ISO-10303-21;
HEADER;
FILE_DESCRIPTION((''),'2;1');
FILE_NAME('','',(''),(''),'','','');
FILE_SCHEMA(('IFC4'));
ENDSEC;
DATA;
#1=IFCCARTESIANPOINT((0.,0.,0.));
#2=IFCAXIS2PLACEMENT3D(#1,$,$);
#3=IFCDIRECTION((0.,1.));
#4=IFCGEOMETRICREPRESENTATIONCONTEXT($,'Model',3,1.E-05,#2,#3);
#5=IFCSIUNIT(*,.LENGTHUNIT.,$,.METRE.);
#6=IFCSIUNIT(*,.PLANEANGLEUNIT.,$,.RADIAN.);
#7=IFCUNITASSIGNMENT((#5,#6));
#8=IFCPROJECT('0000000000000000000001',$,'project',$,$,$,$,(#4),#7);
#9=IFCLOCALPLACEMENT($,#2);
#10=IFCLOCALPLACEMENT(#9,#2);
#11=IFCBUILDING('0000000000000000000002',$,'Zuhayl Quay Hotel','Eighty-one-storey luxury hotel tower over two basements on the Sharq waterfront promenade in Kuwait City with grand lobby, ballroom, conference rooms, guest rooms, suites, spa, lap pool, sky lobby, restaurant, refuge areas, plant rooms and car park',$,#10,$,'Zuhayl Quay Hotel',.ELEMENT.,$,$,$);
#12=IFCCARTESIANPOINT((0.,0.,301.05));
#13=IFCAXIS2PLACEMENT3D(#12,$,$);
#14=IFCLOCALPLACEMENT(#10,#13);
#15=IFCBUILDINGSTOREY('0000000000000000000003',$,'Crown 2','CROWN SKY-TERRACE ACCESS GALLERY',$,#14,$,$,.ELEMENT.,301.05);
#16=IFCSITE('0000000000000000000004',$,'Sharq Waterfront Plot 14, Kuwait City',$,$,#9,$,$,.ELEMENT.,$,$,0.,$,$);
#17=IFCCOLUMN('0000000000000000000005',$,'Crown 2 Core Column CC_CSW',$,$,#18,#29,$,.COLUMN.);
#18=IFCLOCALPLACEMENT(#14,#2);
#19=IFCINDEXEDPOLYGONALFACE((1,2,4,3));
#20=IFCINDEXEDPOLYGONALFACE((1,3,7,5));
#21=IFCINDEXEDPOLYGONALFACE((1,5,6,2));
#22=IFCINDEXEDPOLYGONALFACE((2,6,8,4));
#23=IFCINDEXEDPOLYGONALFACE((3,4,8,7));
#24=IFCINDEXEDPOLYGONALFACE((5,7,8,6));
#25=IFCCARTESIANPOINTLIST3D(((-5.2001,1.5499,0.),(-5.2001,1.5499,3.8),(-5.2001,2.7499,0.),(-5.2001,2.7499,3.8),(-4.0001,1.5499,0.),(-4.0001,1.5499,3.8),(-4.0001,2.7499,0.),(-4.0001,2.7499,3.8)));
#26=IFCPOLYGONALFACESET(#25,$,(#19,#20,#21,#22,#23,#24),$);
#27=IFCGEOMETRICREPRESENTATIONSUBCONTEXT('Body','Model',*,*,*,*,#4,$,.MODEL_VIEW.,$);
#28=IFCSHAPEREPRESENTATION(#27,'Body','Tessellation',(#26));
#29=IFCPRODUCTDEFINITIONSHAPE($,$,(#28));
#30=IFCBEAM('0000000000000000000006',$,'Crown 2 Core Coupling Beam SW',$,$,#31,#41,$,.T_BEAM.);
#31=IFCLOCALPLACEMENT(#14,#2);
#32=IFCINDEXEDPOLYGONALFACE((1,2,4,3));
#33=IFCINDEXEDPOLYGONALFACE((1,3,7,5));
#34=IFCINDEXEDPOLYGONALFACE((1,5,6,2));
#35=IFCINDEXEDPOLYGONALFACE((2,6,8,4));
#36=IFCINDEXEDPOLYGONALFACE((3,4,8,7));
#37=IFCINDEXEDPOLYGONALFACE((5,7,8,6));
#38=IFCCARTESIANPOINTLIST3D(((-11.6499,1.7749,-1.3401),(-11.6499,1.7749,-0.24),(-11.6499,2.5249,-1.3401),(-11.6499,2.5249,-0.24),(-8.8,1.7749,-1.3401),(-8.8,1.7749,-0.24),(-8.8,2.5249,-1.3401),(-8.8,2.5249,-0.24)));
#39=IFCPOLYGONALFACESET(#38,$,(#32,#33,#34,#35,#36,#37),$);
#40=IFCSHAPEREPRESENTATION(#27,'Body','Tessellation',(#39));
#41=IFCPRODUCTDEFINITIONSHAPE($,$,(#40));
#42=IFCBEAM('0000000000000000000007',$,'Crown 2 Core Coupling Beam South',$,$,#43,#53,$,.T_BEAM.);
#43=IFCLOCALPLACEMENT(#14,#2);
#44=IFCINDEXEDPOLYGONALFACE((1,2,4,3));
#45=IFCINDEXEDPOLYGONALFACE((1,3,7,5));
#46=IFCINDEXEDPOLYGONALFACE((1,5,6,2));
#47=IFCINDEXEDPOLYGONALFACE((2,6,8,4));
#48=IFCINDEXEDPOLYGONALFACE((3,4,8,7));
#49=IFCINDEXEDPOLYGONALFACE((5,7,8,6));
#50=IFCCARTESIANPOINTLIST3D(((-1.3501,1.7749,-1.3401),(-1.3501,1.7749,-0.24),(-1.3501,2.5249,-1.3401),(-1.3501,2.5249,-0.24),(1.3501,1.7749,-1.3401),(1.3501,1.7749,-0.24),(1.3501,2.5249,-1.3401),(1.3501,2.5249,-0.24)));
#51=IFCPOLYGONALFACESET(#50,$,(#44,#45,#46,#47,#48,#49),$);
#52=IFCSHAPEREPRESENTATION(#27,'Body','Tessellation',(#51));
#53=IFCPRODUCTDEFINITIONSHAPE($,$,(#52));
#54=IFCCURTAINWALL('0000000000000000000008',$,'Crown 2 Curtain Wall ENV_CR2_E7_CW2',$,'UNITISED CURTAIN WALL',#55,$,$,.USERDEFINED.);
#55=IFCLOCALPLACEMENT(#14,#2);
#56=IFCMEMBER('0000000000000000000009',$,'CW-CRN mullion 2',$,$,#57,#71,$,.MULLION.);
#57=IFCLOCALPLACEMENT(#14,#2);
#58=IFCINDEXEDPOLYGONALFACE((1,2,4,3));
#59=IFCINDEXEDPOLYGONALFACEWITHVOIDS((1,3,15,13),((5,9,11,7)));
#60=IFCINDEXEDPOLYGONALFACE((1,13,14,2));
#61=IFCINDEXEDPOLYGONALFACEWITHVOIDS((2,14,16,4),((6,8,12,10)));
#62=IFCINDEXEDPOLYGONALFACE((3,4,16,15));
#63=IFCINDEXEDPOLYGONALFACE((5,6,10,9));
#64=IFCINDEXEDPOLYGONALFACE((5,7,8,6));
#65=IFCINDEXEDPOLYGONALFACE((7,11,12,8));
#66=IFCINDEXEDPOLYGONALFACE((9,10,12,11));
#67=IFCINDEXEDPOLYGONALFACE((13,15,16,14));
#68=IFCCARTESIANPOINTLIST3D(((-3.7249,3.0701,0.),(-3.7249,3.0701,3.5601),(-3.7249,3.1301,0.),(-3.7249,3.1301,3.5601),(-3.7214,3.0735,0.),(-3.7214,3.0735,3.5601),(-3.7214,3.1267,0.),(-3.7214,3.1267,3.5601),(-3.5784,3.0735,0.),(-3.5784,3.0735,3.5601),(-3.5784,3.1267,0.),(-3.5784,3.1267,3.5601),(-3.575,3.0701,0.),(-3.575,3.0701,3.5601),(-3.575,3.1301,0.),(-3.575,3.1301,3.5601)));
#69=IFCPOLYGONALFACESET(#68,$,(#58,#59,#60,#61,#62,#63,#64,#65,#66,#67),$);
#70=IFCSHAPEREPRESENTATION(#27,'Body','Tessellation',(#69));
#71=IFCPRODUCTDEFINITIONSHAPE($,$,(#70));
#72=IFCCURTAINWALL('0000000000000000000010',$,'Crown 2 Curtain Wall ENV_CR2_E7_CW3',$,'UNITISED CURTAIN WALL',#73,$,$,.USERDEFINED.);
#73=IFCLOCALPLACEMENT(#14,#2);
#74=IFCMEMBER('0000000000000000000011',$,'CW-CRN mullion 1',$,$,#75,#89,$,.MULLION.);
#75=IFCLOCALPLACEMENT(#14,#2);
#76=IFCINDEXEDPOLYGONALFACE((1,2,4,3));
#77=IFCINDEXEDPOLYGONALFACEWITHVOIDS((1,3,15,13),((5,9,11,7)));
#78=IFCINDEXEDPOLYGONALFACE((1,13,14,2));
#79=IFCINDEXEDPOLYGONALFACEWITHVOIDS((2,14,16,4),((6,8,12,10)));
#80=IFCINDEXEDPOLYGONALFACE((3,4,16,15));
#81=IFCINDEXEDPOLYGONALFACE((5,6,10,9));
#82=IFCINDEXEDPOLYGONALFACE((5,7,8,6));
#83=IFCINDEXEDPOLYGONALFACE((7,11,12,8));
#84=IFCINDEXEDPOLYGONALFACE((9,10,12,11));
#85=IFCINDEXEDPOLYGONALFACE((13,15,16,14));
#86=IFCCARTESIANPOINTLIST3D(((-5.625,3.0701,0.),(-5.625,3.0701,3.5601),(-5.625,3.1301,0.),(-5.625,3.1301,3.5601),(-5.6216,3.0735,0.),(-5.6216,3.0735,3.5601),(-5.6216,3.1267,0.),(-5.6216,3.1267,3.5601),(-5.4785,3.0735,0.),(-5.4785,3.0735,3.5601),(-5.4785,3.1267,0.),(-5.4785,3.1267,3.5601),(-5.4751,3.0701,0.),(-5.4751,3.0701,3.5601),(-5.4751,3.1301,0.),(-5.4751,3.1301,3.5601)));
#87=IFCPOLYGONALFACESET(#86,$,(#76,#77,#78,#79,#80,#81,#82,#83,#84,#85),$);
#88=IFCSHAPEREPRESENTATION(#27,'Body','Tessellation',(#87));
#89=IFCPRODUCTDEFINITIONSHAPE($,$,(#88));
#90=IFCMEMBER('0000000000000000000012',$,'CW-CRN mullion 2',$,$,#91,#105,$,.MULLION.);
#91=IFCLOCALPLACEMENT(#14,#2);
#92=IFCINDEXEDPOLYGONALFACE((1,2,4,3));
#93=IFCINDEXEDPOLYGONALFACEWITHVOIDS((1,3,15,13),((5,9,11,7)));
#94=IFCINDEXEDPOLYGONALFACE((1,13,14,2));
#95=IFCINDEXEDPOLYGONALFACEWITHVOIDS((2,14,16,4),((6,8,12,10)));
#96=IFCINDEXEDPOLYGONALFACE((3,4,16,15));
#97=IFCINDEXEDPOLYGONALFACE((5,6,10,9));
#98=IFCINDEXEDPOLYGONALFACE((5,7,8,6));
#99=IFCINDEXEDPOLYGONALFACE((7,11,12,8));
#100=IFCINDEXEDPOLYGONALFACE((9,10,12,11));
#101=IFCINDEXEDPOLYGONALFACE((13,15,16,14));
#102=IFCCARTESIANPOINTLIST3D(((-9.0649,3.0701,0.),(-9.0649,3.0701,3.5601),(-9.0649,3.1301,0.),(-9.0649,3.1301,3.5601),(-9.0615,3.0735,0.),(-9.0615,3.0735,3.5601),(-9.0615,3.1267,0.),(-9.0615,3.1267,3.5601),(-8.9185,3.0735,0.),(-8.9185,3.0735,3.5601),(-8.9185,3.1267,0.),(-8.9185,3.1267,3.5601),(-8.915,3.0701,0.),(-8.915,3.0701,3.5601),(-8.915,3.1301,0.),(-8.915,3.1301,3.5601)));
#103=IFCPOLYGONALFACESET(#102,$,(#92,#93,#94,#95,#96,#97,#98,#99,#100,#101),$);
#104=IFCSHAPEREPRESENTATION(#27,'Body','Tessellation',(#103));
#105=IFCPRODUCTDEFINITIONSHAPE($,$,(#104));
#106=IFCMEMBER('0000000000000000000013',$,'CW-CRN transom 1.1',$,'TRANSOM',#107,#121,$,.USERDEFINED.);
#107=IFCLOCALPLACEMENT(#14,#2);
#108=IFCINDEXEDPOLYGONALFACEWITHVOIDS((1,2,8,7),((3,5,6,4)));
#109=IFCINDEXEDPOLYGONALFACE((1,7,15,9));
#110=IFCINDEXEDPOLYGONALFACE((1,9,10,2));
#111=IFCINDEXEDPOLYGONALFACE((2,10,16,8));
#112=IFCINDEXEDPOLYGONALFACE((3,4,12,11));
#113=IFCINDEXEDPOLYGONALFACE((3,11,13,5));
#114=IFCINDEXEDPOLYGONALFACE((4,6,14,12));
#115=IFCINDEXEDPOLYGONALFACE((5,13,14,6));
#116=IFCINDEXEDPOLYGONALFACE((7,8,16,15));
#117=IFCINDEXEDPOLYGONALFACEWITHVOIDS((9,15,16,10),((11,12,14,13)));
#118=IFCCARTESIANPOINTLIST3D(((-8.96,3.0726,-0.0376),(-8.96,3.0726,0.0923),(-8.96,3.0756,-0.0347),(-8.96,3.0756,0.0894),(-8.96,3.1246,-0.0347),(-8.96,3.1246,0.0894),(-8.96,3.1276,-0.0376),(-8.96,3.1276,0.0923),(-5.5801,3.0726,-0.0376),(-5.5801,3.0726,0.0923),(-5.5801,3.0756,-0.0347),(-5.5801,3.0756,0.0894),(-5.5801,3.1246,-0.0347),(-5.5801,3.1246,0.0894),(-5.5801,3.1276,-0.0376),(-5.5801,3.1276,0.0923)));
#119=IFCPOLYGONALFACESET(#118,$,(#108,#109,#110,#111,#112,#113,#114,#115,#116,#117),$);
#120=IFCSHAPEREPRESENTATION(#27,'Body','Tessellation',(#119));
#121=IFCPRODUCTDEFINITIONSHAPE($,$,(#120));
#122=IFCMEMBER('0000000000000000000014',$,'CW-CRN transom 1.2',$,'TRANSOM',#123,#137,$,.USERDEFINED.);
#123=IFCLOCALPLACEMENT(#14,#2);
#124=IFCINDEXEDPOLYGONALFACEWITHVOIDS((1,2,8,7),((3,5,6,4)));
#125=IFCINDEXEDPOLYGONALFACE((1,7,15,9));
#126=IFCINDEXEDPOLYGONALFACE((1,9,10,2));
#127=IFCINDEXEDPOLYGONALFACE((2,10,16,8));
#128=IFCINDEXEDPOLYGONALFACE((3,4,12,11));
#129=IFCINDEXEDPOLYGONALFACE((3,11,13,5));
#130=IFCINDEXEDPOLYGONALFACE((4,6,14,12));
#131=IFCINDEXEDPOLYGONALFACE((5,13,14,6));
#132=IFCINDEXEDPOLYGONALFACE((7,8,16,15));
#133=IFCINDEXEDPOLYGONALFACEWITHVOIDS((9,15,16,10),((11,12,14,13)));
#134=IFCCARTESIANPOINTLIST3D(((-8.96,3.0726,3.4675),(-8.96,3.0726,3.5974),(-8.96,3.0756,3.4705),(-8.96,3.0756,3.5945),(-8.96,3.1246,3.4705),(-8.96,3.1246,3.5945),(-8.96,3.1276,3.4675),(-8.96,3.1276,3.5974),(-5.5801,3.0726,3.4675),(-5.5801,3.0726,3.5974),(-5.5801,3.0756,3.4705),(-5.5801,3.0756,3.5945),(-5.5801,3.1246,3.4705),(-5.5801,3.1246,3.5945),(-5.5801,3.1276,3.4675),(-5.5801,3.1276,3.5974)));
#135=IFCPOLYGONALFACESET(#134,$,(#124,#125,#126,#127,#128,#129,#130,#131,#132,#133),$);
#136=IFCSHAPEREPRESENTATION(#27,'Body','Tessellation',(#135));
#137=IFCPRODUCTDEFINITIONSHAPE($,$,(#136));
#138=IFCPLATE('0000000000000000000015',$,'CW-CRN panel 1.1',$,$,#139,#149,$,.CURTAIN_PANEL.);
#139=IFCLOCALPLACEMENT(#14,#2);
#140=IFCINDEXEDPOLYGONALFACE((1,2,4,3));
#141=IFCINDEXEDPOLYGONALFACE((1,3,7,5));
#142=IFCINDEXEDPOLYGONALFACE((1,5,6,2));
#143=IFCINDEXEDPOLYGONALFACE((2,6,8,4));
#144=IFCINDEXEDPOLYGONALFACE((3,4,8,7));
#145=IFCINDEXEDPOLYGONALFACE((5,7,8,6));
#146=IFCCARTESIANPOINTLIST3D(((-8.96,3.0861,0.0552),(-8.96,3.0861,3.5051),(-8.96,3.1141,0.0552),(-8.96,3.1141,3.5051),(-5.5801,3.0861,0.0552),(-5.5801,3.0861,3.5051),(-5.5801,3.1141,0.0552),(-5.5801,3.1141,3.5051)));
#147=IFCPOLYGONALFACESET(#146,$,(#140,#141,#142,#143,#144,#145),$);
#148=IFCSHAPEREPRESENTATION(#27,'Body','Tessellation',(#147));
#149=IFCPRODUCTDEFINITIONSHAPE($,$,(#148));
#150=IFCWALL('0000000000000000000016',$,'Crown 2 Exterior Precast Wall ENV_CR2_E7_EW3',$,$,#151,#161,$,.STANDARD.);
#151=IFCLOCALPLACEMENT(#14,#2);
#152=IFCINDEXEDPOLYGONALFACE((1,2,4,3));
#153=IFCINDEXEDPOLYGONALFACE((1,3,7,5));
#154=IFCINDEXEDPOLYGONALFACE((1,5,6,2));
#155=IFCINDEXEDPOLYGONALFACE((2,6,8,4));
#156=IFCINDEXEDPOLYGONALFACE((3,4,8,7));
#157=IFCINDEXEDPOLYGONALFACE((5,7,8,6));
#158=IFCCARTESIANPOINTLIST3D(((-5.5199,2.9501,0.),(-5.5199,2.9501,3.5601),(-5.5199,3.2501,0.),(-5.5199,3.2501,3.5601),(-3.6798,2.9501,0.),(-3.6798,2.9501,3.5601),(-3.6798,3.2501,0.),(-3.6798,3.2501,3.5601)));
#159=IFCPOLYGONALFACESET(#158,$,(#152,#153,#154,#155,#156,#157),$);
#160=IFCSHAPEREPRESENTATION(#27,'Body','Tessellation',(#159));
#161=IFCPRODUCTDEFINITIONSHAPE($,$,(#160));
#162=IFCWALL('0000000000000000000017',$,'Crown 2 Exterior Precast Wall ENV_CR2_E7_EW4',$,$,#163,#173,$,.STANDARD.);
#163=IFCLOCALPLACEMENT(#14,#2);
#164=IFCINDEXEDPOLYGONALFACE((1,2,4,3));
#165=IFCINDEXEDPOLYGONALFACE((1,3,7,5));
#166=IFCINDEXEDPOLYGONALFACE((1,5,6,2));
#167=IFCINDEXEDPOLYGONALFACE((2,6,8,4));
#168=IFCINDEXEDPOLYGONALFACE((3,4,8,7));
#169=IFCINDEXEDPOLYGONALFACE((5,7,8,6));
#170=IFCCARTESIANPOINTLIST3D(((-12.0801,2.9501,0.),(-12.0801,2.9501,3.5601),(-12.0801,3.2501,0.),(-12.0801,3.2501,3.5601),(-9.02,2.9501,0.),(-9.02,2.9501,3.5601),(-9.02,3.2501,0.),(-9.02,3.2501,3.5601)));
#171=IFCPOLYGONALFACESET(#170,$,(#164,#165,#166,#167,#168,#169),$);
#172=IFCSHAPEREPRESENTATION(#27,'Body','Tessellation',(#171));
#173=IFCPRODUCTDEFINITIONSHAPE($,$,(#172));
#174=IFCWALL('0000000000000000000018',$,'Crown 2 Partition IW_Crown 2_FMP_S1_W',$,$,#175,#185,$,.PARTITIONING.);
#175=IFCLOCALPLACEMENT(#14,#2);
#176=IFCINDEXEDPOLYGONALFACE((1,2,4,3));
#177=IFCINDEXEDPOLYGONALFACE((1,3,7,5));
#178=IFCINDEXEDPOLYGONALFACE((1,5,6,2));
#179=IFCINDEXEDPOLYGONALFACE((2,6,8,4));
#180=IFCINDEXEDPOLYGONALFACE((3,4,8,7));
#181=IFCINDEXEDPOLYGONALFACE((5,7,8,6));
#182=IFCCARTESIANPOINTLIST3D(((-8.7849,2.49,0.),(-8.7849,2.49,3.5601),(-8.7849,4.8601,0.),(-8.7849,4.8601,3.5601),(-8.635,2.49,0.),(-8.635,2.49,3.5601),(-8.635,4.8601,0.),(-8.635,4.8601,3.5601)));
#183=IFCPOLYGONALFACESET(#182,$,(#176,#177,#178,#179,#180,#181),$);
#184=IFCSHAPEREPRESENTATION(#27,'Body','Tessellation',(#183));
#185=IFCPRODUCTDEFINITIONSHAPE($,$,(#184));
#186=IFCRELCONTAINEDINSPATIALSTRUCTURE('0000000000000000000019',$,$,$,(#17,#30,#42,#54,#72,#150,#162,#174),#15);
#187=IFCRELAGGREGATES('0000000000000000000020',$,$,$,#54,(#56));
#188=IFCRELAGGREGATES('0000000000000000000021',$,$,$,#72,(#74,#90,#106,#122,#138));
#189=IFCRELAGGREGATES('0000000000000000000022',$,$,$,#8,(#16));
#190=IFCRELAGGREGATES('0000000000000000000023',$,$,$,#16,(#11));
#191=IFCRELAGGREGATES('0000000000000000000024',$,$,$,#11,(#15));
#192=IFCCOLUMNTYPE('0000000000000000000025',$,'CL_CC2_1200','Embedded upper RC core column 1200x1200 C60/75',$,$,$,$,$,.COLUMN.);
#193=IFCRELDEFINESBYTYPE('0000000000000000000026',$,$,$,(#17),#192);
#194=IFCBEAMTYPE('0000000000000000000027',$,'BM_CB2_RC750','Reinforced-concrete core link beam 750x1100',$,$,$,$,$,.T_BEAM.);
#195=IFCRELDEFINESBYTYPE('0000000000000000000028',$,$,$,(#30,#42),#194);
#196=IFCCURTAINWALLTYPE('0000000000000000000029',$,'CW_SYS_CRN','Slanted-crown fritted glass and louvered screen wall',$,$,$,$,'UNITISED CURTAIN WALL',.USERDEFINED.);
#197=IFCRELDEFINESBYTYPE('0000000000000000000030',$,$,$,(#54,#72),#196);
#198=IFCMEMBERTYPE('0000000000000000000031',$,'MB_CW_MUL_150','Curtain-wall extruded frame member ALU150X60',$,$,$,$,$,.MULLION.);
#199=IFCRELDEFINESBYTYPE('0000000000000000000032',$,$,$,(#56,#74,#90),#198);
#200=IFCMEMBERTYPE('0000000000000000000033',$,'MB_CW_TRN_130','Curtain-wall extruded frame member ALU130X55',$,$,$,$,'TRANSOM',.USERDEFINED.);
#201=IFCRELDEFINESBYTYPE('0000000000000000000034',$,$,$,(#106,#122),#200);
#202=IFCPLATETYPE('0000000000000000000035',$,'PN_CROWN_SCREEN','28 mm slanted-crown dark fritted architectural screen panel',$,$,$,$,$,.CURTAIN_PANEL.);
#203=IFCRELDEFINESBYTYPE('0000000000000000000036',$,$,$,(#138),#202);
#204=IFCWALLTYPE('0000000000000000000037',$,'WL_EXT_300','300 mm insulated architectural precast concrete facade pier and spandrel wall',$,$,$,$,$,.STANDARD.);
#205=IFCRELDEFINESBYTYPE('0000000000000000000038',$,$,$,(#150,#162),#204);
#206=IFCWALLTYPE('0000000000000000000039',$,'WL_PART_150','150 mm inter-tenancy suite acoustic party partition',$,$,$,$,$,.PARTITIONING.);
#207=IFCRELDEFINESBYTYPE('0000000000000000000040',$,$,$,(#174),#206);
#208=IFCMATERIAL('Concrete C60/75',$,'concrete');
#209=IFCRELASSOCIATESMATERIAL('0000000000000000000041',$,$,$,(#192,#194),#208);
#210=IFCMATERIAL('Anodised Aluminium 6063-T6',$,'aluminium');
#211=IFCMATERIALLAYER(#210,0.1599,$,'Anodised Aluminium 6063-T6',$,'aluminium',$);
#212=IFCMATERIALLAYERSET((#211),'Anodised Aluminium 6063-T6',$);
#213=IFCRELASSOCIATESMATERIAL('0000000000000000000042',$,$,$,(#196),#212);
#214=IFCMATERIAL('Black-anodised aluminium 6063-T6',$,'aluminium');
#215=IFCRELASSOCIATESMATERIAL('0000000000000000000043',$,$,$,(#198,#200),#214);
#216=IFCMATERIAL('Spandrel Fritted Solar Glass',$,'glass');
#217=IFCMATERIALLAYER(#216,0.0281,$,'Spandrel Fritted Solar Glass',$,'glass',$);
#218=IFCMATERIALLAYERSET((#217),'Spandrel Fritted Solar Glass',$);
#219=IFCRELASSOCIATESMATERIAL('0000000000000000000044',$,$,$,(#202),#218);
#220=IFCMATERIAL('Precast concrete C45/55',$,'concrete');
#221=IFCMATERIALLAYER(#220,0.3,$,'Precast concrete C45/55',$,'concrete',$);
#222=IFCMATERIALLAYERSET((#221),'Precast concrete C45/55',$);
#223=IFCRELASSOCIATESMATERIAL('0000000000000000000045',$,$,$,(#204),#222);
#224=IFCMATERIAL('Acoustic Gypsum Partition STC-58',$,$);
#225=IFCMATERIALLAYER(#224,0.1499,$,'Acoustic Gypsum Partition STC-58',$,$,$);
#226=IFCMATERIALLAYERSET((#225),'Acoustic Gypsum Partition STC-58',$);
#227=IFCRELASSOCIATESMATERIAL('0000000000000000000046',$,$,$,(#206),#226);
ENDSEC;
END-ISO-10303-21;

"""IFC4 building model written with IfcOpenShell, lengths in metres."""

from ifc_helpers import new_model, si_unit, direction, frame, frame_2d, origin, origin_2d, place, context, subcontext, project, spatial, rectangle, hollow_rectangle, extrude, material, layer, layer_set, material_profile, profile_set, type_object, element, aggregate, save


model = new_model("IFC4")

# Units and contexts
model_context = context("Model", 3, precision=1e-05, world=origin(), true_north=direction((0.0, 1.0)))
body_context = subcontext(model_context, "Body", "Model", "MODEL_VIEW")
ifc_project = project(units=[si_unit("LENGTHUNIT", "METRE"), si_unit("PLANEANGLEUNIT", "RADIAN")], contexts=[model_context])

# Site, building, storey
site_placement = place(None, origin())
site = spatial("IfcSite", under=ifc_project, at=site_placement, Name="Sharq Waterfront Plot 14, Kuwait City", CompositionType="ELEMENT", RefElevation=0.0)
building_placement = place(site_placement, origin())
building = spatial("IfcBuilding", under=site, at=building_placement, Name="Zuhayl Quay Hotel", Description="Eighty-one-storey luxury hotel tower over two basements on the Sharq waterfront promenade in Kuwait City with grand lobby, ballroom, conference rooms, guest rooms, suites, spa, lap pool, sky lobby, restaurant, refuge areas, plant rooms and car park", LongName="Zuhayl Quay Hotel", CompositionType="ELEMENT")
storey_placement = place(building_placement, frame((0.0, 0.0, 301.05)))
storey = spatial("IfcBuildingStorey", under=building, at=storey_placement, Name="Crown 2", Description="CROWN SKY-TERRACE ACCESS GALLERY", CompositionType="ELEMENT", Elevation=301.05)

# Column
ifc_material_1 = material(Name="Concrete C60/75", Category="concrete")
ifc_material_profile_1 = material_profile(ifc_material_1, rectangle(XDim=1.2, YDim=1.2, at=origin_2d()), Name="RC1200X1200")
ifc_profile_set_1 = profile_set([ifc_material_profile_1], Name="Concrete C60/75")
column_type = type_object("IfcColumnType", Name="CL_CC2_1200", Description="Embedded upper RC core column 1200x1200 C60/75", PredefinedType="COLUMN", material=ifc_profile_set_1)
column_placement = place(storey_placement, frame((-4.6001, 2.1499, 0.0), z_axis=(0.0, 0.0, 1.0), x_axis=(1.0, 0.0, 0.0)))
element("IfcColumn", 1, at=column_placement, inside=storey, type_object=column_type, Name="Crown 2 Core Column CC_CSW", PredefinedType="COLUMN", context=body_context, shape_type="SweptSolid", body=[
    extrude(rectangle(XDim=1.2, YDim=1.2, at=origin_2d()), origin(), (0.0, 0.0, 1.0), 3.8),
])

# Beams
ifc_material_profile_2 = material_profile(ifc_material_1, rectangle(XDim=0.75, YDim=1.1001, at=origin_2d()), Name="RC750X1100")
ifc_profile_set_2 = profile_set([ifc_material_profile_2], Name="Concrete C60/75")
beam_type = type_object("IfcBeamType", Name="BM_CB2_RC750", Description="Reinforced-concrete core link beam 750x1100", PredefinedType="T_BEAM", material=ifc_profile_set_2)
beam_1_placement = place(storey_placement, frame((-11.6499, 2.1499, -0.79), z_axis=(1.0, 0.0, 0.0), x_axis=(0.0, 1.0, 0.0)))
element("IfcBeam", 2, at=beam_1_placement, inside=storey, type_object=beam_type, Name="Crown 2 Core Coupling Beam SW", PredefinedType="T_BEAM", context=body_context, shape_type="SweptSolid", body=[
    extrude(rectangle(XDim=0.75, YDim=1.1001, at=origin_2d()), origin(), (0.0, 0.0, 1.0), 2.8499),
])
beam_2_placement = place(storey_placement, frame((-1.3501, 2.1499, -0.79), z_axis=(1.0, 0.0, 0.0), x_axis=(0.0, 1.0, 0.0)))
element("IfcBeam", 3, at=beam_2_placement, inside=storey, type_object=beam_type, Name="Crown 2 Core Coupling Beam South", PredefinedType="T_BEAM", context=body_context, shape_type="SweptSolid", body=[
    extrude(rectangle(XDim=0.75, YDim=1.1001, at=origin_2d()), origin(), (0.0, 0.0, 1.0), 2.7002),
])

# Curtain wall, member
ifc_material_2 = material(Name="Anodised Aluminium 6063-T6", Category="aluminium")
ifc_layer_1 = layer(ifc_material_2, 0.1599, Name="Anodised Aluminium 6063-T6", Category="aluminium")
ifc_layer_set_1 = layer_set([ifc_layer_1], Name="Anodised Aluminium 6063-T6")
curtain_wall_type = type_object("IfcCurtainWallType", Name="CW_SYS_CRN", Description="Slanted-crown fritted glass and louvered screen wall", ElementType="UNITISED CURTAIN WALL", PredefinedType="USERDEFINED", material=ifc_layer_set_1)
curtain_wall_1_placement = place(storey_placement, origin())
curtain_wall_1 = element("IfcCurtainWall", 4, at=curtain_wall_1_placement, inside=storey, type_object=curtain_wall_type, Name="Crown 2 Curtain Wall ENV_CR2_E7_CW2", ObjectType="UNITISED CURTAIN WALL", PredefinedType="USERDEFINED")
ifc_material_3 = material(Name="Black-anodised aluminium 6063-T6", Category="aluminium")
ifc_material_profile_3 = material_profile(ifc_material_3, hollow_rectangle(XDim=0.0601, YDim=0.1499, WallThickness=0.0034, at=origin_2d()), Name="ALU150X60")
ifc_profile_set_3 = profile_set([ifc_material_profile_3], Name="Black-anodised aluminium 6063-T6")
member_type_1 = type_object("IfcMemberType", Name="MB_CW_MUL_150", Description="Curtain-wall extruded frame member ALU150X60", PredefinedType="MULLION", material=ifc_profile_set_3)
member_1_placement = place(storey_placement, frame((-3.6499, 3.1001, 0.0), z_axis=(0.0, 0.0, 1.0), x_axis=(0.0, -1.0, 0.0)))
member_1 = element("IfcMember", 5, at=member_1_placement, type_object=member_type_1, Name="CW-CRN mullion 2", PredefinedType="MULLION", context=body_context, shape_type="SweptSolid", body=[
    extrude(hollow_rectangle(XDim=0.0601, YDim=0.1499, WallThickness=0.0034, at=origin_2d()), origin(), (0.0, 0.0, 1.0), 3.5601),
])
aggregate(curtain_wall_1, [member_1])

# Curtain wall, members, plate
curtain_wall_2_placement = place(storey_placement, origin())
curtain_wall_2 = element("IfcCurtainWall", 6, at=curtain_wall_2_placement, inside=storey, type_object=curtain_wall_type, Name="Crown 2 Curtain Wall ENV_CR2_E7_CW3", ObjectType="UNITISED CURTAIN WALL", PredefinedType="USERDEFINED")
member_2_placement = place(storey_placement, frame((-5.55, 3.1001, 0.0), z_axis=(0.0, 0.0, 1.0), x_axis=(0.0, -1.0, 0.0)))
member_2 = element("IfcMember", 7, at=member_2_placement, type_object=member_type_1, Name="CW-CRN mullion 1", PredefinedType="MULLION", context=body_context, shape_type="SweptSolid", body=[
    extrude(hollow_rectangle(XDim=0.0601, YDim=0.1499, WallThickness=0.0034, at=origin_2d()), origin(), (0.0, 0.0, 1.0), 3.5601),
])
member_3_placement = place(storey_placement, frame((-8.99, 3.1001, 0.0), z_axis=(0.0, 0.0, 1.0), x_axis=(0.0, -1.0, 0.0)))
member_3 = element("IfcMember", 8, at=member_3_placement, type_object=member_type_1, Name="CW-CRN mullion 2", PredefinedType="MULLION", context=body_context, shape_type="SweptSolid", body=[
    extrude(hollow_rectangle(XDim=0.0601, YDim=0.1499, WallThickness=0.0034, at=origin_2d()), origin(), (0.0, 0.0, 1.0), 3.5601),
])
ifc_material_profile_4 = material_profile(ifc_material_3, hollow_rectangle(XDim=0.0549, YDim=0.1299, WallThickness=0.0029, at=origin_2d()), Name="ALU130X55")
ifc_profile_set_4 = profile_set([ifc_material_profile_4], Name="Black-anodised aluminium 6063-T6")
member_type_2 = type_object("IfcMemberType", Name="MB_CW_TRN_130", Description="Curtain-wall extruded frame member ALU130X55", ElementType="TRANSOM", PredefinedType="USERDEFINED", material=ifc_profile_set_4)
member_4_placement = place(storey_placement, frame((-5.5801, 3.1001, 0.0273), z_axis=(-1.0, 0.0, 0.0), x_axis=(0.0, -1.0, 0.0)))
member_4 = element("IfcMember", 9, at=member_4_placement, type_object=member_type_2, Name="CW-CRN transom 1.1", ObjectType="TRANSOM", PredefinedType="USERDEFINED", context=body_context, shape_type="SweptSolid", body=[
    extrude(hollow_rectangle(XDim=0.0549, YDim=0.1299, WallThickness=0.0029, at=origin_2d()), origin(), (0.0, 0.0, 1.0), 3.3799),
])
member_5_placement = place(storey_placement, frame((-5.5801, 3.1001, 3.5325), z_axis=(-1.0, 0.0, 0.0), x_axis=(0.0, -1.0, 0.0)))
member_5 = element("IfcMember", 10, at=member_5_placement, type_object=member_type_2, Name="CW-CRN transom 1.2", ObjectType="TRANSOM", PredefinedType="USERDEFINED", context=body_context, shape_type="SweptSolid", body=[
    extrude(hollow_rectangle(XDim=0.0549, YDim=0.1299, WallThickness=0.0029, at=origin_2d()), origin(), (0.0, 0.0, 1.0), 3.3799),
])
ifc_material_4 = material(Name="Spandrel Fritted Solar Glass", Category="glass")
ifc_layer_2 = layer(ifc_material_4, 0.0281, Name="Spandrel Fritted Solar Glass", Category="glass")
ifc_layer_set_2 = layer_set([ifc_layer_2], Name="Spandrel Fritted Solar Glass")
plate_type = type_object("IfcPlateType", Name="PN_CROWN_SCREEN", Description="28 mm slanted-crown dark fritted architectural screen panel", PredefinedType="CURTAIN_PANEL", material=ifc_layer_set_2)
plate_placement = place(storey_placement, frame((-7.27, 3.1001, 0.0552), z_axis=(0.0, 0.0, 1.0), x_axis=(-1.0, 0.0, 0.0)))
plate = element("IfcPlate", 11, at=plate_placement, type_object=plate_type, Name="CW-CRN panel 1.1", PredefinedType="CURTAIN_PANEL", context=body_context, shape_type="SweptSolid", body=[
    extrude(rectangle(XDim=3.3799, YDim=0.0281, at=origin_2d()), origin(), (0.0, 0.0, 1.0), 3.45),
])
aggregate(curtain_wall_2, [member_2, member_3, member_4, member_5, plate])

# Walls
ifc_material_5 = material(Name="Precast concrete C45/55", Category="concrete")
ifc_layer_3 = layer(ifc_material_5, 0.3, Name="Precast concrete C45/55", Category="concrete")
ifc_layer_set_3 = layer_set([ifc_layer_3], Name="Precast concrete C45/55")
wall_type_1 = type_object("IfcWallType", Name="WL_EXT_300", Description="300 mm insulated architectural precast concrete facade pier and spandrel wall", PredefinedType="STANDARD", material=ifc_layer_set_3)
wall_1_placement = place(storey_placement, frame((-3.6799, 3.1001, 0.0), z_axis=(0.0, 0.0, 1.0), x_axis=(-1.0, 0.0, 0.0)))
element("IfcWall", 12, at=wall_1_placement, inside=storey, type_object=wall_type_1, Name="Crown 2 Exterior Precast Wall ENV_CR2_E7_EW3", PredefinedType="STANDARD", context=body_context, shape_type="SweptSolid", body=[
    extrude(rectangle(XDim=1.8401, YDim=0.3, at=frame_2d((0.9199, 0.0))), origin(), (0.0, 0.0, 1.0), 3.5601),
])
wall_2_placement = place(storey_placement, frame((-9.02, 3.1001, 0.0), z_axis=(0.0, 0.0, 1.0), x_axis=(-1.0, 0.0, 0.0)))
element("IfcWall", 13, at=wall_2_placement, inside=storey, type_object=wall_type_1, Name="Crown 2 Exterior Precast Wall ENV_CR2_E7_EW4", PredefinedType="STANDARD", context=body_context, shape_type="SweptSolid", body=[
    extrude(rectangle(XDim=3.0601, YDim=0.3, at=frame_2d((1.53, 0.0))), origin(), (0.0, 0.0, 1.0), 3.5601),
])
ifc_material_6 = material(Name="Acoustic Gypsum Partition STC-58")
ifc_layer_4 = layer(ifc_material_6, 0.1499, Name="Acoustic Gypsum Partition STC-58")
ifc_layer_set_4 = layer_set([ifc_layer_4], Name="Acoustic Gypsum Partition STC-58")
wall_type_2 = type_object("IfcWallType", Name="WL_PART_150", Description="150 mm inter-tenancy suite acoustic party partition", PredefinedType="PARTITIONING", material=ifc_layer_set_4)
for number, where, z_axis, x_axis, name in (
    (14, (-8.71, 2.49, 0.0), (0.0, 0.0, 1.0), (0.0, 1.0, 0.0), "Crown 2 Partition IW_Crown 2_FMP_S1_W"),
):
    element("IfcWall", number, at=place(storey_placement, frame(where, z_axis=z_axis, x_axis=x_axis)), inside=storey, type_object=wall_type_2, Name=name, PredefinedType="PARTITIONING", context=body_context, shape_type="SweptSolid", body=[
        extrude(rectangle(XDim=2.3701, YDim=0.1499, at=frame_2d((1.1851, 0.0))), origin(), (0.0, 0.0, 1.0), 3.5601),
    ])

save(model, "model.ifc")
